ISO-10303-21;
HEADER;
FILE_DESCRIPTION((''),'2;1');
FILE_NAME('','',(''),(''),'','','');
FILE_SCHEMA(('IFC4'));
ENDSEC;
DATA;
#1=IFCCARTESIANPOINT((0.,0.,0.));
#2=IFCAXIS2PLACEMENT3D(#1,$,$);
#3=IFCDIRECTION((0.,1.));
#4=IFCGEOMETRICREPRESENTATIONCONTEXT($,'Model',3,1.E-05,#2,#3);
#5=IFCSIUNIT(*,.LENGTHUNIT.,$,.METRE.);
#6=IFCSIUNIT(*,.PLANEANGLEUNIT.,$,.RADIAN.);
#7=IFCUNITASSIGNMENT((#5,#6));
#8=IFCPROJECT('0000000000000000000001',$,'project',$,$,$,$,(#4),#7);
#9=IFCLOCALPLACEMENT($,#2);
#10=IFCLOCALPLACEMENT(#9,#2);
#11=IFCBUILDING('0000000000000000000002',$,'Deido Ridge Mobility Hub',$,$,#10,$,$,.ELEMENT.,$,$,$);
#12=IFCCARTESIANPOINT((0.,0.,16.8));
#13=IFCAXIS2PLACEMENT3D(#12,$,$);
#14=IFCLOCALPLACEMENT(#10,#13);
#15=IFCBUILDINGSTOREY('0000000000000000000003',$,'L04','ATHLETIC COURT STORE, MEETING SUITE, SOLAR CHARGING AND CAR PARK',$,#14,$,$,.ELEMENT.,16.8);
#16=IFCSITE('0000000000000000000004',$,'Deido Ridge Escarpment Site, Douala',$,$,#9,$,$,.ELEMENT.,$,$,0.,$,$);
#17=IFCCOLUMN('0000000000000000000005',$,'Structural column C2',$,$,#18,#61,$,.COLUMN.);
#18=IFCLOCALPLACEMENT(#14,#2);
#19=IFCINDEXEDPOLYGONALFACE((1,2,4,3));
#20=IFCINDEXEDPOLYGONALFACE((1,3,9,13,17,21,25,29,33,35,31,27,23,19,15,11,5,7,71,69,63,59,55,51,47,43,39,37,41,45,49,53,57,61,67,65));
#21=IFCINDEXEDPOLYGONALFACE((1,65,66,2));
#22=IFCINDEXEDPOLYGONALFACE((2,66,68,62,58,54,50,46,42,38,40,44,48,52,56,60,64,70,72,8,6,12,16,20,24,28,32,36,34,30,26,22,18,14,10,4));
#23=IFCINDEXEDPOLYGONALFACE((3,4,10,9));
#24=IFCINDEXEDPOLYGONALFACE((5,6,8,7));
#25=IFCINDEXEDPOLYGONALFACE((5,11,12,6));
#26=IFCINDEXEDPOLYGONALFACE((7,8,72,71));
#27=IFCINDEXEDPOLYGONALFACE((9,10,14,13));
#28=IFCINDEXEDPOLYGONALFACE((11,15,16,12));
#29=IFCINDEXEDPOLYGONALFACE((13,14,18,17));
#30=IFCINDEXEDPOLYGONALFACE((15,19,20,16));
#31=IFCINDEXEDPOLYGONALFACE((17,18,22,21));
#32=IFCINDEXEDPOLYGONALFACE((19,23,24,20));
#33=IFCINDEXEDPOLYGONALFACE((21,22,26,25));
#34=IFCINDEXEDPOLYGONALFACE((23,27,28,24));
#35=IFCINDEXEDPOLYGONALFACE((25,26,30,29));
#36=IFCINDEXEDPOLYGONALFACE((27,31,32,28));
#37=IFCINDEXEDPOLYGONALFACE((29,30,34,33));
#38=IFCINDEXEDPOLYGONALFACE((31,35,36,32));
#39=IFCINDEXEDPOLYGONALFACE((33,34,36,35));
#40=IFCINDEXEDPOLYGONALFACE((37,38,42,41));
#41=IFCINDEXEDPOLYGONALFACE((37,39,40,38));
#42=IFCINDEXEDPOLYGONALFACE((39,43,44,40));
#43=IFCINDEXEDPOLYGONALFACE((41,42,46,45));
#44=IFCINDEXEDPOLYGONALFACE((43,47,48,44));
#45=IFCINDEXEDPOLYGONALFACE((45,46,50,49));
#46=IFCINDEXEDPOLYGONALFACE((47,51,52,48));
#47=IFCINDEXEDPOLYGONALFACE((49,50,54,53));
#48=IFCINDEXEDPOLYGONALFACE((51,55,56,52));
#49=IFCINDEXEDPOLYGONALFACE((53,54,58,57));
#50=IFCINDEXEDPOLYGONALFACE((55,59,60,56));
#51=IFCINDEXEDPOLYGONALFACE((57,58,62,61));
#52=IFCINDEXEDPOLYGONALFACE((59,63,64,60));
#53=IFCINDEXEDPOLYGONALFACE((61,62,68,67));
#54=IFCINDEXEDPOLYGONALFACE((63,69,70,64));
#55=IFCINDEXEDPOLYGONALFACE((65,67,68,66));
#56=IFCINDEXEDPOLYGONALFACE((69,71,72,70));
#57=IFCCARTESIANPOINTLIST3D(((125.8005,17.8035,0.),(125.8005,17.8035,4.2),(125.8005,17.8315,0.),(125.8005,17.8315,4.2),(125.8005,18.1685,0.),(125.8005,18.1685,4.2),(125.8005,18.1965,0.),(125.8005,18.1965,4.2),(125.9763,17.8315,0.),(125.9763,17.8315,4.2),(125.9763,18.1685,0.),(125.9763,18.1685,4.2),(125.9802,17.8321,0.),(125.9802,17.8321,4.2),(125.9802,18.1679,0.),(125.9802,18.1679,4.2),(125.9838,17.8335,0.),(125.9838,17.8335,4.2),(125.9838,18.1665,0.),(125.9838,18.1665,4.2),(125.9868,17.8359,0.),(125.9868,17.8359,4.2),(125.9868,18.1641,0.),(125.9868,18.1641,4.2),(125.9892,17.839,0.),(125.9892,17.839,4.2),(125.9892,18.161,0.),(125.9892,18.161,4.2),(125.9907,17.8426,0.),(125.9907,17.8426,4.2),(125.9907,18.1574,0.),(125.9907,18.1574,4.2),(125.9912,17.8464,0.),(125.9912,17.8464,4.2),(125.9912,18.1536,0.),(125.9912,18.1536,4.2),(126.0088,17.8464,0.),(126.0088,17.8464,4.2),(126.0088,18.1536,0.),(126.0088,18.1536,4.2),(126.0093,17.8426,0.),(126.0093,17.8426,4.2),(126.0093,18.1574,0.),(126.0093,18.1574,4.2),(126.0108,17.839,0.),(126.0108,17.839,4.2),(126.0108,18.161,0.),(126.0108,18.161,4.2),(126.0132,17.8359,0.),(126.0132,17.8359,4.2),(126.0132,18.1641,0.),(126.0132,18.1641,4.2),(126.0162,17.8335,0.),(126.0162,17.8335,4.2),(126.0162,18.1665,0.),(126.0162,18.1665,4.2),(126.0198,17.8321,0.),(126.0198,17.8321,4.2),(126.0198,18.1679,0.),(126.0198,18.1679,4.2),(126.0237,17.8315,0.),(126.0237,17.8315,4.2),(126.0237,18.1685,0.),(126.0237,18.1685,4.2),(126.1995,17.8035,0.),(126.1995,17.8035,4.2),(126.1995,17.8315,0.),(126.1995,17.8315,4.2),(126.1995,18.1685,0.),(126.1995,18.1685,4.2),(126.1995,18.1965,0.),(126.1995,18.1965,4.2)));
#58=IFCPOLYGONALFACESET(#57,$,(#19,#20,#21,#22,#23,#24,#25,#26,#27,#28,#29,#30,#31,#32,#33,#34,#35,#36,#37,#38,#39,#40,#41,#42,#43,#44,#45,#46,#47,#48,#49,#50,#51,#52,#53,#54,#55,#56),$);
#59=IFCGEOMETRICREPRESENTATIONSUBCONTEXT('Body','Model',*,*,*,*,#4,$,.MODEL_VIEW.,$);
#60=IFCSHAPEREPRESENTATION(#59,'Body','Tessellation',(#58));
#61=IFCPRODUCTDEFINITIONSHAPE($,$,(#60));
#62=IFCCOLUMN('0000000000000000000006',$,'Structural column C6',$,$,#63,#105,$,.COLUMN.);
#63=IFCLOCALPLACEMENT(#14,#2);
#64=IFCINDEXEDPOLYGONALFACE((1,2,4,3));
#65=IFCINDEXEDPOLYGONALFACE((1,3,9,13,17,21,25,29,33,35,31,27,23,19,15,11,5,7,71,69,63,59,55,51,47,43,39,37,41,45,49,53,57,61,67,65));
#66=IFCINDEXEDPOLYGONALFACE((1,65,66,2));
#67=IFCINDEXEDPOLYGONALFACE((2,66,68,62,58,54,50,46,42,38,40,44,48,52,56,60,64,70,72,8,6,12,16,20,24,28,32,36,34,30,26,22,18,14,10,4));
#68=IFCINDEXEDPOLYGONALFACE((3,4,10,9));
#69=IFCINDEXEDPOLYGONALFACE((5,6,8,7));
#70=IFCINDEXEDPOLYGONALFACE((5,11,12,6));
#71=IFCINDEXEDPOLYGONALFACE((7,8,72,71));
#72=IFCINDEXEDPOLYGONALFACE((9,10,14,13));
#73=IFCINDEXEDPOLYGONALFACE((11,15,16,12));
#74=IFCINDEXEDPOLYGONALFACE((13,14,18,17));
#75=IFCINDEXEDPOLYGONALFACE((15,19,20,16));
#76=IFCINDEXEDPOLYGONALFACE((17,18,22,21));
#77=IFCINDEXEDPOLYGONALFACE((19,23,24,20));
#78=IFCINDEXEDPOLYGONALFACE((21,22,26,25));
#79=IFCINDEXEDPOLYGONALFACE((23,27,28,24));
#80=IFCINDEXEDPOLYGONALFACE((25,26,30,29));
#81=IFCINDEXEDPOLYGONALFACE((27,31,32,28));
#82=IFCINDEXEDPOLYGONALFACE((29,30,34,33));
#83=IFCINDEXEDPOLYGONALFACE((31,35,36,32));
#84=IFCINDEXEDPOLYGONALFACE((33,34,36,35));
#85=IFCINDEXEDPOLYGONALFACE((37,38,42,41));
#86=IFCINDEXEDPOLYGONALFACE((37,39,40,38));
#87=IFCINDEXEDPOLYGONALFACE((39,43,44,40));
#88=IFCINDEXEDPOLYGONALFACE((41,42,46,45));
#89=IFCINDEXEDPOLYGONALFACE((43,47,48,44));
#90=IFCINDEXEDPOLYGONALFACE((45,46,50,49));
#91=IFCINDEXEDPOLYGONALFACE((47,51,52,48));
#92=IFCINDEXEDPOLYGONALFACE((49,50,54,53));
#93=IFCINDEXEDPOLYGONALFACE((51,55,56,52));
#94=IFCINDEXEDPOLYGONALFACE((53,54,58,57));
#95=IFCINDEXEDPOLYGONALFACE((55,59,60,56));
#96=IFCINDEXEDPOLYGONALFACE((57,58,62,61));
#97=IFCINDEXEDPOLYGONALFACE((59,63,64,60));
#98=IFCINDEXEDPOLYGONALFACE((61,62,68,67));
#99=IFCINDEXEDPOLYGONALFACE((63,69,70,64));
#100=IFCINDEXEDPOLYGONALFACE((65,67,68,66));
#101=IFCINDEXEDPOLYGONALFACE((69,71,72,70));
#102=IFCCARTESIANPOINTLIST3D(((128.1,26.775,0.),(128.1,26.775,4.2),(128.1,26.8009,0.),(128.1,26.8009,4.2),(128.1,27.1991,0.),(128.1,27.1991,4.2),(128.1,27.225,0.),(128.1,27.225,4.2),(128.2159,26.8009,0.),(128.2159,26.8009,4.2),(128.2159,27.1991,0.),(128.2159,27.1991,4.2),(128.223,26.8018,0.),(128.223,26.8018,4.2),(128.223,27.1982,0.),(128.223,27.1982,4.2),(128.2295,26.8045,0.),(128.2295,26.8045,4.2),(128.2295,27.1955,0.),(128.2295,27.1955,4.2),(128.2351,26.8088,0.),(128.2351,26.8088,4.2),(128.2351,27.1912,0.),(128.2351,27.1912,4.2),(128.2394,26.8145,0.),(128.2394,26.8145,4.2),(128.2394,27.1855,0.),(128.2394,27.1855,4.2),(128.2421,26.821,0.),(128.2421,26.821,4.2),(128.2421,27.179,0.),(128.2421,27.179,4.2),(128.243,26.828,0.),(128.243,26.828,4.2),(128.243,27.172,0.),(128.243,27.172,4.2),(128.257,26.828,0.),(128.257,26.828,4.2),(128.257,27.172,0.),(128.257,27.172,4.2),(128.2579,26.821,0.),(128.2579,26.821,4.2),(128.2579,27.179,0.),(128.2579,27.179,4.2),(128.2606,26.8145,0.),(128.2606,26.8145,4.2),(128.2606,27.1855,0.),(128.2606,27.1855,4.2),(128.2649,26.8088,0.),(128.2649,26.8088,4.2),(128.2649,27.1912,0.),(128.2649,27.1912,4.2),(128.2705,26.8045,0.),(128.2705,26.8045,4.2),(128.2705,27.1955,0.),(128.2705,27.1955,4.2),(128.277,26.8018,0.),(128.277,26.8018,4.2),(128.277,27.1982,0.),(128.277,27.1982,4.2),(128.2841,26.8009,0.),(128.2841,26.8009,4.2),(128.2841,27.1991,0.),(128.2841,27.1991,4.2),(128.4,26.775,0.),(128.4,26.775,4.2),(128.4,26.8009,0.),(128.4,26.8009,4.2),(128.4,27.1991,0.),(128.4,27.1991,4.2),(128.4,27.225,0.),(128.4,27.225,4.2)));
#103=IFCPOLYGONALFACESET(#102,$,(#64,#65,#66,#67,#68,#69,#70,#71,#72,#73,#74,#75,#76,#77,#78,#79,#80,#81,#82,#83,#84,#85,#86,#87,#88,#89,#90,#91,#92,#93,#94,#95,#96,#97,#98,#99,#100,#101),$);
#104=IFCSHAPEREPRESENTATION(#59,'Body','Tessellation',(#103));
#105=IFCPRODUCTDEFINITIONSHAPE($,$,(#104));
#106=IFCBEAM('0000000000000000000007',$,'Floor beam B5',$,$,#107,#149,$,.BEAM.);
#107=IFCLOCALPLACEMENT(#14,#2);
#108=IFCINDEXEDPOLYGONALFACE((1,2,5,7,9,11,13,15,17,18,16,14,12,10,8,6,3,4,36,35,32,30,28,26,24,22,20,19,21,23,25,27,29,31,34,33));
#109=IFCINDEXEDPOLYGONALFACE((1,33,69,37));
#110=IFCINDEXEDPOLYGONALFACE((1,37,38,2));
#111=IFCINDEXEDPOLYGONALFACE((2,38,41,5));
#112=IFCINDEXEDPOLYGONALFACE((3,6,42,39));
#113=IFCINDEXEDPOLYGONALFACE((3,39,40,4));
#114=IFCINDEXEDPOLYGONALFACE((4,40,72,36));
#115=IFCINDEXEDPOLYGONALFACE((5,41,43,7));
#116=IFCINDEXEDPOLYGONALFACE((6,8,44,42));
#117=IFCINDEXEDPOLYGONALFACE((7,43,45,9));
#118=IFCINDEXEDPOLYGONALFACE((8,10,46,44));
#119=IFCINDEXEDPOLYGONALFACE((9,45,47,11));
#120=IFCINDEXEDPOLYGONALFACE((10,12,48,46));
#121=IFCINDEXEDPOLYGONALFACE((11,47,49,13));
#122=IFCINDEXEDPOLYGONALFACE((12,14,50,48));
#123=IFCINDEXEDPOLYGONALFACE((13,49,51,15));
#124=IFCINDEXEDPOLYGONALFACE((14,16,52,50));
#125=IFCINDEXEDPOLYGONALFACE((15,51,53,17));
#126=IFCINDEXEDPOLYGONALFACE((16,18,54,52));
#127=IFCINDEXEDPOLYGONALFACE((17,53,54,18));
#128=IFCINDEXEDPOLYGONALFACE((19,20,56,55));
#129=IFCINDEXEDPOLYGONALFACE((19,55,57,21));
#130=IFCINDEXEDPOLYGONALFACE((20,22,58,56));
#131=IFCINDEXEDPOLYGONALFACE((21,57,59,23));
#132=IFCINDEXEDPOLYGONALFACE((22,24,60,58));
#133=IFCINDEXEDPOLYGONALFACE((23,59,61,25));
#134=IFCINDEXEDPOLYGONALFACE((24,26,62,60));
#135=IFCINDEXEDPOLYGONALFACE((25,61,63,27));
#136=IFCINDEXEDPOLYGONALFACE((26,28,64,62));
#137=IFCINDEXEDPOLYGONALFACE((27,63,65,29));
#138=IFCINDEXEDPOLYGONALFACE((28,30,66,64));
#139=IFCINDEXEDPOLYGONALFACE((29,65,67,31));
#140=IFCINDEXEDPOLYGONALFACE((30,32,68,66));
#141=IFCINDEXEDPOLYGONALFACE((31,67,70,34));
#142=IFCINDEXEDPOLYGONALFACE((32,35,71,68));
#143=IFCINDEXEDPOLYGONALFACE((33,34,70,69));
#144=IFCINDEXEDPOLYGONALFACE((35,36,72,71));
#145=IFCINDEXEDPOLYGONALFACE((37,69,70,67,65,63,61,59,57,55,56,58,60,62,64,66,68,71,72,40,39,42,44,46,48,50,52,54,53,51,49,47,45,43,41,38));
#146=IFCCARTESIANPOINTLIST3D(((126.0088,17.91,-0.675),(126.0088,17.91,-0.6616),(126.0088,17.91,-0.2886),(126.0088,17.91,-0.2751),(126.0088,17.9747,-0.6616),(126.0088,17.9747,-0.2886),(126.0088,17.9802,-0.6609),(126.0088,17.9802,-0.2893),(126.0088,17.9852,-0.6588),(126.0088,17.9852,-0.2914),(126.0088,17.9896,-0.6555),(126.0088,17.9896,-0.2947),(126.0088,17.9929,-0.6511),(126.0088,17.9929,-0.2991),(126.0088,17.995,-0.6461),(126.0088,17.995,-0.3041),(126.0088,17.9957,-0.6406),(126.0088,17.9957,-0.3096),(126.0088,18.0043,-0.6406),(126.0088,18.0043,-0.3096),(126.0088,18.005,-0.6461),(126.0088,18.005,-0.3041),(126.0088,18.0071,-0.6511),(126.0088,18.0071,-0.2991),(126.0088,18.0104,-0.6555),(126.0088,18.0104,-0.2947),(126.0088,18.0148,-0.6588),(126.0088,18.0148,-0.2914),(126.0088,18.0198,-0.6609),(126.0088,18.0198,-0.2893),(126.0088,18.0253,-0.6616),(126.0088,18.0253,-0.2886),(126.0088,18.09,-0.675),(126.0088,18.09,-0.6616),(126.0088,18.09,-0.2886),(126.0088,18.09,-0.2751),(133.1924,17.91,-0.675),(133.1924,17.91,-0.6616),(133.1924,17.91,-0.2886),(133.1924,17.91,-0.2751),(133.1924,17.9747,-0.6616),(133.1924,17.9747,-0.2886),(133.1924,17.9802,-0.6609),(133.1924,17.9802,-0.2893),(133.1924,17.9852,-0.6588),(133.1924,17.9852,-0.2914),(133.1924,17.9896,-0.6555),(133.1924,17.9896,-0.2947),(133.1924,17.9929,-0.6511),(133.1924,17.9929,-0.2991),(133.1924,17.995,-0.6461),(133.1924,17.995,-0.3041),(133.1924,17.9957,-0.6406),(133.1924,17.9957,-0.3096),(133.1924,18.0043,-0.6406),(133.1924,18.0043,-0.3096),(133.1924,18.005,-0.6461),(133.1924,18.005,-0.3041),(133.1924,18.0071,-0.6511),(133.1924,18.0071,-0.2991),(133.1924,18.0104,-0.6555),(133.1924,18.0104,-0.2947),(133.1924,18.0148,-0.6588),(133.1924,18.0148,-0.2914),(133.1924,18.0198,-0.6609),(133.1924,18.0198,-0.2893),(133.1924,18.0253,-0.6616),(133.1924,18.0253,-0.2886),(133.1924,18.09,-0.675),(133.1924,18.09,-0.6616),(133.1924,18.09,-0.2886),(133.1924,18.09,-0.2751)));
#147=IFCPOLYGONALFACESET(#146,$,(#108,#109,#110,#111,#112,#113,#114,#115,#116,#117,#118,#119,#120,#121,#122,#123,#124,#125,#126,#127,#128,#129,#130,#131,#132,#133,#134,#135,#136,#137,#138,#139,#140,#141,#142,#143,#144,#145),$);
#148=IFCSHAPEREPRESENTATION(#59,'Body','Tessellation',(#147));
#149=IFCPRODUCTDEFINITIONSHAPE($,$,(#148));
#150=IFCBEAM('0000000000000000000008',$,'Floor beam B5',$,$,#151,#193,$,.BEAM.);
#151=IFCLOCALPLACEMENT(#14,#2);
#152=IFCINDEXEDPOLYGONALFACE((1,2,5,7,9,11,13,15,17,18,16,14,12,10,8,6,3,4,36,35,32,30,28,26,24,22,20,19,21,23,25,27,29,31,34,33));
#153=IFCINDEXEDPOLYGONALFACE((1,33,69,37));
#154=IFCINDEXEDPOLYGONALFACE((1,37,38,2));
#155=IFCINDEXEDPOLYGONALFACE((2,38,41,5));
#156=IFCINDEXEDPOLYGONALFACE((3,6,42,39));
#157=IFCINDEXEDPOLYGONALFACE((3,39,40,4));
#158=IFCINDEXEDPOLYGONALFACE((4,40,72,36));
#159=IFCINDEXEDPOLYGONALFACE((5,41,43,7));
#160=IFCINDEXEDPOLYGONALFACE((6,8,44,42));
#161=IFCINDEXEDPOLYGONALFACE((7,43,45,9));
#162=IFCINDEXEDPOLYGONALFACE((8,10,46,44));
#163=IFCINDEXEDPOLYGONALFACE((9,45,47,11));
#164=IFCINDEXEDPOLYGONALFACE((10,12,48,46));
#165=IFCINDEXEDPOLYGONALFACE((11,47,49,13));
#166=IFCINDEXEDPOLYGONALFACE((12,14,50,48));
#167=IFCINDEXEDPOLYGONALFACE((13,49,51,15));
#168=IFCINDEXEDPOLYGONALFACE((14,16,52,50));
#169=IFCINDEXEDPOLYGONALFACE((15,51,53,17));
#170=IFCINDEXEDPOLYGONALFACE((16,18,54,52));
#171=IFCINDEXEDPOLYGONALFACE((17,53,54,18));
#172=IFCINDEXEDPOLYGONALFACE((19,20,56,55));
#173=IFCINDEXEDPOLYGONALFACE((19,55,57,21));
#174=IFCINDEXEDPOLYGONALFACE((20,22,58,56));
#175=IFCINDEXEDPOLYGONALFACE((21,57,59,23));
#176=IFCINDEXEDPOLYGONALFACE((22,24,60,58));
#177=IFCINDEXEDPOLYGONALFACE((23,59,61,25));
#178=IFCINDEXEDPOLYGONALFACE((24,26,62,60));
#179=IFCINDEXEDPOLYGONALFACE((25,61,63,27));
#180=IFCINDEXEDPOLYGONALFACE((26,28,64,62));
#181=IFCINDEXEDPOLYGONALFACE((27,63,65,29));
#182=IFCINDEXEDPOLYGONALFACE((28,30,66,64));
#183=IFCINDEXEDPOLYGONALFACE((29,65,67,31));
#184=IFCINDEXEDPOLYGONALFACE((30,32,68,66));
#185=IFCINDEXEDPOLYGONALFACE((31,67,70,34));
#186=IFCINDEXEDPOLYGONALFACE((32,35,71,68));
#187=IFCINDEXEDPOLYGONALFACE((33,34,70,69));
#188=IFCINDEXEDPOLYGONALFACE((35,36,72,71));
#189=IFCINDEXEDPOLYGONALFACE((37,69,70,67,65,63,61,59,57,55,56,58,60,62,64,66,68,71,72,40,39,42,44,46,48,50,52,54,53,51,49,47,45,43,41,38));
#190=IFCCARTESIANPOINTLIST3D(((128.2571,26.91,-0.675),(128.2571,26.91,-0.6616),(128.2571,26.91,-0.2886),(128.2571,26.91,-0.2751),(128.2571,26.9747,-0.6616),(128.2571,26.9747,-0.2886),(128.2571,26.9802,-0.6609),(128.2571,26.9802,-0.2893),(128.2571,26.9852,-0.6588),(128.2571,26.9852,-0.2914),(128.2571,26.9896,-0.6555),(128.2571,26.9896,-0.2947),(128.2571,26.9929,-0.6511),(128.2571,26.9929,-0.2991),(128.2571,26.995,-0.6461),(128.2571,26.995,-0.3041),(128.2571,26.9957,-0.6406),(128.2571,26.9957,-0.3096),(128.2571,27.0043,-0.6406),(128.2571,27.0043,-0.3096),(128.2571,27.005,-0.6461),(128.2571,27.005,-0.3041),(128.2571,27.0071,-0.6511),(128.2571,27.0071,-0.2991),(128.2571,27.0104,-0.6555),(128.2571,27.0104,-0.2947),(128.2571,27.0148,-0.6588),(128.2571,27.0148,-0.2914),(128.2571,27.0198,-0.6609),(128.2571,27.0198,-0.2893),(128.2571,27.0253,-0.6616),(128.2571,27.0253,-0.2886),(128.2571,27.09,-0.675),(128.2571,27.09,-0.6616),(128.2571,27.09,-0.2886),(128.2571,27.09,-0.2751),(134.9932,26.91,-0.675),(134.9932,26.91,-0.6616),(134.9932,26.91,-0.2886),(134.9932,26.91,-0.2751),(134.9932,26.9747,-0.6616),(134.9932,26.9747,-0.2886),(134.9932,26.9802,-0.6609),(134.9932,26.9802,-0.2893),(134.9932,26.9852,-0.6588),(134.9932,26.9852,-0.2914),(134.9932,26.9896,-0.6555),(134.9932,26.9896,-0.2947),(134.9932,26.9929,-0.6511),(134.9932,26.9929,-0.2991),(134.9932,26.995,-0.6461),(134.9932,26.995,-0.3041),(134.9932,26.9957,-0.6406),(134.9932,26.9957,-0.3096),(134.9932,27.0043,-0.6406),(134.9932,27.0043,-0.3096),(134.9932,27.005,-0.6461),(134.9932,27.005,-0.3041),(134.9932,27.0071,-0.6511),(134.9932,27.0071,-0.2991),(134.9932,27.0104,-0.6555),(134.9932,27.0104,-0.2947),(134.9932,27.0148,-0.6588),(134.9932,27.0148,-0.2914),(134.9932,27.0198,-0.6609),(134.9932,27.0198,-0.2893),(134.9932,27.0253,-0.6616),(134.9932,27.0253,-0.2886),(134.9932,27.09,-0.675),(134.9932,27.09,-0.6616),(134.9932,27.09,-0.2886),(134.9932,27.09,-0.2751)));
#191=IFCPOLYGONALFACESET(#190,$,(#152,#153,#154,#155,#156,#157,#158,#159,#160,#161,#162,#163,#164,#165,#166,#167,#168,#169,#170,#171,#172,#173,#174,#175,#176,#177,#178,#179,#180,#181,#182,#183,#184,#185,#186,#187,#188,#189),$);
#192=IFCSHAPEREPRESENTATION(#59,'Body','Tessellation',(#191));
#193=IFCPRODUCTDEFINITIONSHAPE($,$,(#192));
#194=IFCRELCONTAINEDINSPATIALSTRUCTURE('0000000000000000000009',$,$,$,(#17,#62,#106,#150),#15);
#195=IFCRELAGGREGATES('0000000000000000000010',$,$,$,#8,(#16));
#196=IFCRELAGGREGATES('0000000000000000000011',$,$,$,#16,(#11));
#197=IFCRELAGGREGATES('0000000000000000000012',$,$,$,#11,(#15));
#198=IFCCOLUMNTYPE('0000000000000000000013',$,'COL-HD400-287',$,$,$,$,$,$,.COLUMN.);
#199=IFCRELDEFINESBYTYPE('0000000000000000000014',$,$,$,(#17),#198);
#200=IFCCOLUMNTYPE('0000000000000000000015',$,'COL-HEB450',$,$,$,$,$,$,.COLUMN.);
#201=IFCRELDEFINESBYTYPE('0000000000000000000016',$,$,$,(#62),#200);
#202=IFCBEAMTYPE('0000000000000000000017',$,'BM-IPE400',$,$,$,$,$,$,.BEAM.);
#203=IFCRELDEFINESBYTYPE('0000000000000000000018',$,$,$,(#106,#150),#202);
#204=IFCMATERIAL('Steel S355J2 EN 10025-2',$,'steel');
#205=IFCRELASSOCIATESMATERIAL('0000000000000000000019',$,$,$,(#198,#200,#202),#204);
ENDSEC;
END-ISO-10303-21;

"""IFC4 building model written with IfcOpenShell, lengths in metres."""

from ifc_helpers import new_model, si_unit, direction, frame, origin, origin_2d, place, context, subcontext, project, spatial, i_section, extrude, material, material_profile, profile_set, type_object, element, save


model = new_model("IFC4")

# Units and contexts
model_context = context("Model", 3, precision=1e-05, world=origin(), true_north=direction((0.0, 1.0)))
body_context = subcontext(model_context, "Body", "Model", "MODEL_VIEW")
ifc_project = project(units=[si_unit("LENGTHUNIT", "METRE"), si_unit("PLANEANGLEUNIT", "RADIAN")], contexts=[model_context])

# Site, building, storey
site_placement = place(None, origin())
site = spatial("IfcSite", under=ifc_project, at=site_placement, Name="Deido Ridge Escarpment Site, Douala", CompositionType="ELEMENT", RefElevation=0.0)
building_placement = place(site_placement, origin())
building = spatial("IfcBuilding", under=site, at=building_placement, Name="Deido Ridge Mobility Hub", CompositionType="ELEMENT")
storey_placement = place(building_placement, frame((0.0, 0.0, 16.8)))
storey = spatial("IfcBuildingStorey", under=building, at=storey_placement, Name="L04", Description="ATHLETIC COURT STORE, MEETING SUITE, SOLAR CHARGING AND CAR PARK", CompositionType="ELEMENT", Elevation=16.8)

# Columns
ifc_material_1 = material(Name="Steel S355J2 EN 10025-2", Category="steel")
ifc_material_profile_1 = material_profile(ifc_material_1, i_section(OverallWidth=0.3989, OverallDepth=0.3931, WebThickness=0.0176, FlangeThickness=0.0281, FilletRadius=0.0149, at=origin_2d()), Name="HD 400x287")
ifc_profile_set_1 = profile_set([ifc_material_profile_1], Name="Steel S355J2 EN 10025-2")
column_type_1 = type_object("IfcColumnType", Name="COL-HD400-287", PredefinedType="COLUMN", material=ifc_profile_set_1)
column_1_placement = place(storey_placement, frame((126.0, 18.0, 0.0), z_axis=(0.0, 0.0, 1.0), x_axis=(1.0, 0.0, 0.0)))
element("IfcColumn", 1, at=column_1_placement, inside=storey, type_object=column_type_1, Name="Structural column C2", PredefinedType="COLUMN", context=body_context, shape_type="SweptSolid", body=[
    extrude(i_section(OverallWidth=0.3989, OverallDepth=0.3931, WebThickness=0.0176, FlangeThickness=0.0281, FilletRadius=0.0149, at=origin_2d()), origin(), (0.0, 0.0, 1.0), 4.2),
])
ifc_material_profile_2 = material_profile(ifc_material_1, i_section(OverallWidth=0.3, OverallDepth=0.45, WebThickness=0.0139, FlangeThickness=0.0259, FilletRadius=0.0271, at=origin_2d()), Name="HEB 450")
ifc_profile_set_2 = profile_set([ifc_material_profile_2], Name="Steel S355J2 EN 10025-2")
column_type_2 = type_object("IfcColumnType", Name="COL-HEB450", PredefinedType="COLUMN", material=ifc_profile_set_2)
column_2_placement = place(storey_placement, frame((128.25, 27.0, 0.0), z_axis=(0.0, 0.0, 1.0), x_axis=(1.0, 0.0, 0.0)))
element("IfcColumn", 2, at=column_2_placement, inside=storey, type_object=column_type_2, Name="Structural column C6", PredefinedType="COLUMN", context=body_context, shape_type="SweptSolid", body=[
    extrude(i_section(OverallWidth=0.3, OverallDepth=0.45, WebThickness=0.0139, FlangeThickness=0.0259, FilletRadius=0.0271, at=origin_2d()), origin(), (0.0, 0.0, 1.0), 4.2),
])

# Beams
ifc_material_profile_3 = material_profile(ifc_material_1, i_section(OverallWidth=0.1799, OverallDepth=0.3999, WebThickness=0.0085, FlangeThickness=0.0134, FilletRadius=0.021, at=origin_2d()), Name="IPE 400")
ifc_profile_set_3 = profile_set([ifc_material_profile_3], Name="Steel S355J2 EN 10025-2")
beam_type_1 = type_object("IfcBeamType", Name="BM-IPE400", PredefinedType="BEAM", material=ifc_profile_set_3)
beam_1_placement = place(storey_placement, frame((126.0088, 18.0, -0.4751), z_axis=(1.0, 0.0, 0.0), x_axis=(0.0, 1.0, 0.0)))
element("IfcBeam", 3, at=beam_1_placement, inside=storey, type_object=beam_type_1, Name="Floor beam B5", PredefinedType="BEAM", context=body_context, shape_type="SweptSolid", body=[
    extrude(i_section(OverallWidth=0.1799, OverallDepth=0.3999, WebThickness=0.0085, FlangeThickness=0.0134, FilletRadius=0.021, at=origin_2d()), origin(), (0.0, 0.0, 1.0), 7.1836),
])
beam_2_placement = place(storey_placement, frame((128.2571, 27.0, -0.4751), z_axis=(1.0, 0.0, 0.0), x_axis=(0.0, 1.0, 0.0)))
element("IfcBeam", 4, at=beam_2_placement, inside=storey, type_object=beam_type_1, Name="Floor beam B5", PredefinedType="BEAM", context=body_context, shape_type="SweptSolid", body=[
    extrude(i_section(OverallWidth=0.1799, OverallDepth=0.3999, WebThickness=0.0085, FlangeThickness=0.0134, FilletRadius=0.021, at=origin_2d()), origin(), (0.0, 0.0, 1.0), 6.7361),
])

save(model, "model.ifc")
